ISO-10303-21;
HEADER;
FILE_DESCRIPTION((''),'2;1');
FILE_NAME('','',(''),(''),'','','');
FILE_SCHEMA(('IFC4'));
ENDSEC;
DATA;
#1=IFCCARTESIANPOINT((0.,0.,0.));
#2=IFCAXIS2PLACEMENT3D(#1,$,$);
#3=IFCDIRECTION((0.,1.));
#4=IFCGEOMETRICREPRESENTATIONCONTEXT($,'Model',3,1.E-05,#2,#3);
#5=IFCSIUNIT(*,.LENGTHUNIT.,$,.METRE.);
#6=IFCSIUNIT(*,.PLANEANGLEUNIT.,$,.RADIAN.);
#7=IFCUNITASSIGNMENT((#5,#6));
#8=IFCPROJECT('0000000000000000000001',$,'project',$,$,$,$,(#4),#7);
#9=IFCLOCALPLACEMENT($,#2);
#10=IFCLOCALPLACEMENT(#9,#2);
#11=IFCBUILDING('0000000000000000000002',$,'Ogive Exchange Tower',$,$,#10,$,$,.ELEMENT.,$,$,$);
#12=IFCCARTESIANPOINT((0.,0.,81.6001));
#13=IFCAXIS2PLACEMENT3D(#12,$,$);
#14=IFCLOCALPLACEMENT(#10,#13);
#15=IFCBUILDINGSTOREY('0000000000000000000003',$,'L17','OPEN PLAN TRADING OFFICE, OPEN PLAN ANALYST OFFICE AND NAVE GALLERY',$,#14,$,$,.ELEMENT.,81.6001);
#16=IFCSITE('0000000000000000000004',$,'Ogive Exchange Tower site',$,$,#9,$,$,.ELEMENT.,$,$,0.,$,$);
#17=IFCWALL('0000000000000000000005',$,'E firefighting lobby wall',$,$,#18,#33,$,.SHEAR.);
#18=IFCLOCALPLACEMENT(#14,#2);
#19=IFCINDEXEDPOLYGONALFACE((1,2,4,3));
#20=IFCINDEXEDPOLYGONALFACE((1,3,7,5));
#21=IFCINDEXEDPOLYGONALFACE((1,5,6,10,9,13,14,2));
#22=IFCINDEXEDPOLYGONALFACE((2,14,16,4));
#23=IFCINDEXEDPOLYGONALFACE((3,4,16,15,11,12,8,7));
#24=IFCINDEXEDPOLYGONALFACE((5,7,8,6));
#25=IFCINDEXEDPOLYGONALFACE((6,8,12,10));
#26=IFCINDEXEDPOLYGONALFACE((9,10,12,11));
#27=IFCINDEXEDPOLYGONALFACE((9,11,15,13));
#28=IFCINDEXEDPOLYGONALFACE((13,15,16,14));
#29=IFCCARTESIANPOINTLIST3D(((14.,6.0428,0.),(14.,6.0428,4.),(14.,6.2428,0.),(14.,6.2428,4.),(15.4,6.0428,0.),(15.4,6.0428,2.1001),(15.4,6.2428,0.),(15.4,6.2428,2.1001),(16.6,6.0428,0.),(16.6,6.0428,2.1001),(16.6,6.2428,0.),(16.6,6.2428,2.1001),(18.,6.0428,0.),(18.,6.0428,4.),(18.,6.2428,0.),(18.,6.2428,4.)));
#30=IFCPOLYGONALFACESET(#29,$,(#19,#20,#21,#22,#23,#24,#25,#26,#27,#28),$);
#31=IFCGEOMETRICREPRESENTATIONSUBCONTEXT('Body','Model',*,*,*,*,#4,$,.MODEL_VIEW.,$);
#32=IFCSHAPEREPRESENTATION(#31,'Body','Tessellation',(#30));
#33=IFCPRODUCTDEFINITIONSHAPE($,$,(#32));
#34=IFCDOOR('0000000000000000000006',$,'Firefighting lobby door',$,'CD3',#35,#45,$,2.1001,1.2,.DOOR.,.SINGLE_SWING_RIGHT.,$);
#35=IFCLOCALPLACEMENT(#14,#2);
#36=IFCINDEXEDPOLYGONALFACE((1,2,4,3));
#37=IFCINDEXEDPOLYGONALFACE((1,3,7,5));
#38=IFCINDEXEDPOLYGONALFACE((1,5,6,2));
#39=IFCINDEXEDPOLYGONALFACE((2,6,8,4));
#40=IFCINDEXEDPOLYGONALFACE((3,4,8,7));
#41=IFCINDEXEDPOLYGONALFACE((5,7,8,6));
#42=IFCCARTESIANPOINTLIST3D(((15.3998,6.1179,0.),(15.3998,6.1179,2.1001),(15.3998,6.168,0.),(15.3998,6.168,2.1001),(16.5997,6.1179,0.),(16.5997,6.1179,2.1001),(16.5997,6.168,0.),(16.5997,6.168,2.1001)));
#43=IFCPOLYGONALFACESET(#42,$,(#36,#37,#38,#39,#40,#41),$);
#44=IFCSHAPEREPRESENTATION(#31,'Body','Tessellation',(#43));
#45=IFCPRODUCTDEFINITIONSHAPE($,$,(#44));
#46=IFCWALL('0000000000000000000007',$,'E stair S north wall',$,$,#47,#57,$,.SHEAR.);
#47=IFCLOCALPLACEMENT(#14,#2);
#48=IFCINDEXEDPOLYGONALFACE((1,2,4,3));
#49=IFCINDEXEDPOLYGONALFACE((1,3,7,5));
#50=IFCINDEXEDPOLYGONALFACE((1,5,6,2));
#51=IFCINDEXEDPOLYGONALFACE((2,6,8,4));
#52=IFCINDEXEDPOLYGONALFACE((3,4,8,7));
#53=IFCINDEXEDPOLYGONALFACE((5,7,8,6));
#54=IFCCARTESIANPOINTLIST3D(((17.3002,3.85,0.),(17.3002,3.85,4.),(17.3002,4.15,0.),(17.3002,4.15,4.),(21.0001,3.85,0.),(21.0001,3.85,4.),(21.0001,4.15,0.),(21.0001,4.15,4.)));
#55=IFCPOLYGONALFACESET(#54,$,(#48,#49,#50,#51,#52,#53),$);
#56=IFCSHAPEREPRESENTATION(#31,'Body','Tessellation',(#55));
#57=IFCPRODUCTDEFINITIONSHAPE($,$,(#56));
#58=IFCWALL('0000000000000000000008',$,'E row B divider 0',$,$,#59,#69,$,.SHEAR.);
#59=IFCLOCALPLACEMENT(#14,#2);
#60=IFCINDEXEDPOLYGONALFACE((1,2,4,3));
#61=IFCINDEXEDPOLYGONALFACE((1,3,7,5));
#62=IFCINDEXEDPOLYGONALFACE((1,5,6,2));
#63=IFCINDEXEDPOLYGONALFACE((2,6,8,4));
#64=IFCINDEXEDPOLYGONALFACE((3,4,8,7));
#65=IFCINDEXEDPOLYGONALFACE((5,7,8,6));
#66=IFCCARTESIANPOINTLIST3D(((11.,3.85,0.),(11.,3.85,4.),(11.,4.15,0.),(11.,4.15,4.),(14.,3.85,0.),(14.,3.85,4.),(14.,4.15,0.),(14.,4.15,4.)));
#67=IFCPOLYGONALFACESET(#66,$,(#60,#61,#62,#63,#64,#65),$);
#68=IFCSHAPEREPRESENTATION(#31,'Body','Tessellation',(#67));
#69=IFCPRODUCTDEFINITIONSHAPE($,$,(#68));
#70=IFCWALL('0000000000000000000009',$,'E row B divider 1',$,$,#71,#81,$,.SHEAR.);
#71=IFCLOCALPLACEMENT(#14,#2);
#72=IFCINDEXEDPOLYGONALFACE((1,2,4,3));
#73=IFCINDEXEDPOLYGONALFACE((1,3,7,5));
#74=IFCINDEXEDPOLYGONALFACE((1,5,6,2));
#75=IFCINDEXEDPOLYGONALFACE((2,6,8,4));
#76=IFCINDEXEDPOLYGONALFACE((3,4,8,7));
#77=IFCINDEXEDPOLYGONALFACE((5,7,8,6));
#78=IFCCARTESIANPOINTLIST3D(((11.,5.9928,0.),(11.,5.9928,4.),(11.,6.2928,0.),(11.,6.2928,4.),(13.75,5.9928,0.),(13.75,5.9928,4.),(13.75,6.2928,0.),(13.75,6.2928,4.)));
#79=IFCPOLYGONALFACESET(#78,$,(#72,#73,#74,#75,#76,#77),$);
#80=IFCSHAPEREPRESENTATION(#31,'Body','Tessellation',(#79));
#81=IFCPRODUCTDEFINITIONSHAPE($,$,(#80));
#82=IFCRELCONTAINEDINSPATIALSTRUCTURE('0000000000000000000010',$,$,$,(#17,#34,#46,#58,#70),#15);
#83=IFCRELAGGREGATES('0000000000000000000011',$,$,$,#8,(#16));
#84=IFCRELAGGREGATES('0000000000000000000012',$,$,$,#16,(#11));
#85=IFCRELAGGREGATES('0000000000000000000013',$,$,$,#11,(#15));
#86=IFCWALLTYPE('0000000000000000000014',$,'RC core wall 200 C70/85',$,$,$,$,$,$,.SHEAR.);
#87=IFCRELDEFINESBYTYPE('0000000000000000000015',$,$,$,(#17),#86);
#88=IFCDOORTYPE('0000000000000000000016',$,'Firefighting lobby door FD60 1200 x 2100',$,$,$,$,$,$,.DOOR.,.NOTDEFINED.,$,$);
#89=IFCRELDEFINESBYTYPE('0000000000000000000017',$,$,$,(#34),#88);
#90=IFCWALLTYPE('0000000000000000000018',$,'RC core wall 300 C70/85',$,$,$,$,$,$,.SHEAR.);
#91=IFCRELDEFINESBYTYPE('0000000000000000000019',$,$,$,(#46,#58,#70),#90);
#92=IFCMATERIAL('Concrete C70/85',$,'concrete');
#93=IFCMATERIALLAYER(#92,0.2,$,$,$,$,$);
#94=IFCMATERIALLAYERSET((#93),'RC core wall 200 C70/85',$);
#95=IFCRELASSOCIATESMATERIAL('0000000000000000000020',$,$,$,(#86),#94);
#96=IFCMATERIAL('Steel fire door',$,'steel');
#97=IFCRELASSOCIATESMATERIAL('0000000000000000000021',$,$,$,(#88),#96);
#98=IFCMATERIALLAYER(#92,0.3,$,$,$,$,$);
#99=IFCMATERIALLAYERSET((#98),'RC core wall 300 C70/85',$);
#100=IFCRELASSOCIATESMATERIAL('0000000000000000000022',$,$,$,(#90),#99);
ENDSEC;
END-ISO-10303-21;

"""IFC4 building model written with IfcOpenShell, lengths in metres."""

from ifc_helpers import new_model, si_unit, direction, frame, frame_2d, origin, place, context, subcontext, project, spatial, rectangle, extrude, material, layer, layer_set, type_object, element, fill, save


model = new_model("IFC4")

# Units and contexts
model_context = context("Model", 3, precision=1e-05, world=origin(), true_north=direction((0.0, 1.0)))
body_context = subcontext(model_context, "Body", "Model", "MODEL_VIEW")
ifc_project = project(units=[si_unit("LENGTHUNIT", "METRE"), si_unit("PLANEANGLEUNIT", "RADIAN")], contexts=[model_context])

# Site, building, storey
site_placement = place(None, origin())
site = spatial("IfcSite", under=ifc_project, at=site_placement, Name="Ogive Exchange Tower site", CompositionType="ELEMENT", RefElevation=0.0)
building_placement = place(site_placement, origin())
building = spatial("IfcBuilding", under=site, at=building_placement, Name="Ogive Exchange Tower", CompositionType="ELEMENT")
storey_placement = place(building_placement, frame((0.0, 0.0, 81.6001)))
storey = spatial("IfcBuildingStorey", under=building, at=storey_placement, Name="L17", Description="OPEN PLAN TRADING OFFICE, OPEN PLAN ANALYST OFFICE AND NAVE GALLERY", CompositionType="ELEMENT", Elevation=81.6001)

# Wall, opening, door
ifc_material_1 = material(Name="Concrete C70/85", Category="concrete")
ifc_layer_1 = layer(ifc_material_1, 0.2)
ifc_layer_set_1 = layer_set([ifc_layer_1], Name="RC core wall 200 C70/85")
wall_type_1 = type_object("IfcWallType", Name="RC core wall 200 C70/85", PredefinedType="SHEAR", material=ifc_layer_set_1)
wall_1_placement = place(storey_placement, frame((14.0, 6.1428, 0.0), z_axis=(0.0, 0.0, 1.0), x_axis=(1.0, 0.0, 0.0)))
wall_1 = element("IfcWall", 1, at=wall_1_placement, inside=storey, type_object=wall_type_1, Name="E firefighting lobby wall", PredefinedType="SHEAR", context=body_context, shape_type="SweptSolid", body=[
    extrude(rectangle(XDim=4.0, YDim=0.2, at=frame_2d((2.0, 0.0))), origin(), (0.0, 0.0, 1.0), 4.0),
])
opening_placement = place(wall_1_placement, frame((1.3999, 0.0, 0.0)))
opening = element("IfcOpeningElement", 2, at=opening_placement, cuts=wall_1, PredefinedType="OPENING", context=body_context, shape_type="SweptSolid", body=[
    extrude(rectangle(XDim=1.2, YDim=2.1001, at=frame_2d((0.6001, 1.05))), frame((0.0, 0.1099, 0.0), z_axis=(0.0, -1.0, 0.0), x_axis=(1.0, 0.0, 0.0)), (0.0, 0.0, 1.0), 0.22),
])
ifc_material_2 = material(Name="Steel fire door", Category="steel")
door_type = type_object("IfcDoorType", Name="Firefighting lobby door FD60 1200 x 2100", OperationType="NOTDEFINED", PredefinedType="DOOR", material=ifc_material_2)
door_placement = place(opening_placement, frame((1.2, 0.0, 0.0), z_axis=(0.0, 0.0, 1.0), x_axis=(-1.0, 0.0, 0.0)))
door = element("IfcDoor", 3, at=door_placement, inside=storey, type_object=door_type, Name="Firefighting lobby door", ObjectType="CD3", OperationType="SINGLE_SWING_RIGHT", OverallHeight=2.1001, OverallWidth=1.2, PredefinedType="DOOR", context=body_context, shape_type="SweptSolid", body=[
    extrude(rectangle(XDim=1.2, YDim=2.1001, at=frame_2d((0.6001, 1.05))), frame((0.0, 0.0249, 0.0), z_axis=(0.0, -1.0, 0.0), x_axis=(1.0, 0.0, 0.0)), (0.0, 0.0, 1.0), 0.05),
])
fill(opening, door)

# Walls
ifc_layer_2 = layer(ifc_material_1, 0.3)
ifc_layer_set_2 = layer_set([ifc_layer_2], Name="RC core wall 300 C70/85")
wall_type_2 = type_object("IfcWallType", Name="RC core wall 300 C70/85", PredefinedType="SHEAR", material=ifc_layer_set_2)
wall_2_placement = place(storey_placement, frame((17.3, 4.0, 0.0), z_axis=(0.0, 0.0, 1.0), x_axis=(1.0, 0.0, 0.0)))
element("IfcWall", 4, at=wall_2_placement, inside=storey, type_object=wall_type_2, Name="E stair S north wall", PredefinedType="SHEAR", context=body_context, shape_type="SweptSolid", body=[
    extrude(rectangle(XDim=3.7, YDim=0.3, at=frame_2d((1.8501, 0.0))), origin(), (0.0, 0.0, 1.0), 4.0),
])
wall_3_placement = place(storey_placement, frame((11.0, 4.0, 0.0), z_axis=(0.0, 0.0, 1.0), x_axis=(1.0, 0.0, 0.0)))
element("IfcWall", 5, at=wall_3_placement, inside=storey, type_object=wall_type_2, Name="E row B divider 0", PredefinedType="SHEAR", context=body_context, shape_type="SweptSolid", body=[
    extrude(rectangle(XDim=3.0, YDim=0.3, at=frame_2d((1.5, 0.0))), origin(), (0.0, 0.0, 1.0), 4.0),
])
wall_4_placement = place(storey_placement, frame((11.0, 6.1428, 0.0), z_axis=(0.0, 0.0, 1.0), x_axis=(1.0, 0.0, 0.0)))
element("IfcWall", 6, at=wall_4_placement, inside=storey, type_object=wall_type_2, Name="E row B divider 1", PredefinedType="SHEAR", context=body_context, shape_type="SweptSolid", body=[
    extrude(rectangle(XDim=2.75, YDim=0.3, at=frame_2d((1.375, 0.0))), origin(), (0.0, 0.0, 1.0), 4.0),
])

save(model, "model.ifc")
